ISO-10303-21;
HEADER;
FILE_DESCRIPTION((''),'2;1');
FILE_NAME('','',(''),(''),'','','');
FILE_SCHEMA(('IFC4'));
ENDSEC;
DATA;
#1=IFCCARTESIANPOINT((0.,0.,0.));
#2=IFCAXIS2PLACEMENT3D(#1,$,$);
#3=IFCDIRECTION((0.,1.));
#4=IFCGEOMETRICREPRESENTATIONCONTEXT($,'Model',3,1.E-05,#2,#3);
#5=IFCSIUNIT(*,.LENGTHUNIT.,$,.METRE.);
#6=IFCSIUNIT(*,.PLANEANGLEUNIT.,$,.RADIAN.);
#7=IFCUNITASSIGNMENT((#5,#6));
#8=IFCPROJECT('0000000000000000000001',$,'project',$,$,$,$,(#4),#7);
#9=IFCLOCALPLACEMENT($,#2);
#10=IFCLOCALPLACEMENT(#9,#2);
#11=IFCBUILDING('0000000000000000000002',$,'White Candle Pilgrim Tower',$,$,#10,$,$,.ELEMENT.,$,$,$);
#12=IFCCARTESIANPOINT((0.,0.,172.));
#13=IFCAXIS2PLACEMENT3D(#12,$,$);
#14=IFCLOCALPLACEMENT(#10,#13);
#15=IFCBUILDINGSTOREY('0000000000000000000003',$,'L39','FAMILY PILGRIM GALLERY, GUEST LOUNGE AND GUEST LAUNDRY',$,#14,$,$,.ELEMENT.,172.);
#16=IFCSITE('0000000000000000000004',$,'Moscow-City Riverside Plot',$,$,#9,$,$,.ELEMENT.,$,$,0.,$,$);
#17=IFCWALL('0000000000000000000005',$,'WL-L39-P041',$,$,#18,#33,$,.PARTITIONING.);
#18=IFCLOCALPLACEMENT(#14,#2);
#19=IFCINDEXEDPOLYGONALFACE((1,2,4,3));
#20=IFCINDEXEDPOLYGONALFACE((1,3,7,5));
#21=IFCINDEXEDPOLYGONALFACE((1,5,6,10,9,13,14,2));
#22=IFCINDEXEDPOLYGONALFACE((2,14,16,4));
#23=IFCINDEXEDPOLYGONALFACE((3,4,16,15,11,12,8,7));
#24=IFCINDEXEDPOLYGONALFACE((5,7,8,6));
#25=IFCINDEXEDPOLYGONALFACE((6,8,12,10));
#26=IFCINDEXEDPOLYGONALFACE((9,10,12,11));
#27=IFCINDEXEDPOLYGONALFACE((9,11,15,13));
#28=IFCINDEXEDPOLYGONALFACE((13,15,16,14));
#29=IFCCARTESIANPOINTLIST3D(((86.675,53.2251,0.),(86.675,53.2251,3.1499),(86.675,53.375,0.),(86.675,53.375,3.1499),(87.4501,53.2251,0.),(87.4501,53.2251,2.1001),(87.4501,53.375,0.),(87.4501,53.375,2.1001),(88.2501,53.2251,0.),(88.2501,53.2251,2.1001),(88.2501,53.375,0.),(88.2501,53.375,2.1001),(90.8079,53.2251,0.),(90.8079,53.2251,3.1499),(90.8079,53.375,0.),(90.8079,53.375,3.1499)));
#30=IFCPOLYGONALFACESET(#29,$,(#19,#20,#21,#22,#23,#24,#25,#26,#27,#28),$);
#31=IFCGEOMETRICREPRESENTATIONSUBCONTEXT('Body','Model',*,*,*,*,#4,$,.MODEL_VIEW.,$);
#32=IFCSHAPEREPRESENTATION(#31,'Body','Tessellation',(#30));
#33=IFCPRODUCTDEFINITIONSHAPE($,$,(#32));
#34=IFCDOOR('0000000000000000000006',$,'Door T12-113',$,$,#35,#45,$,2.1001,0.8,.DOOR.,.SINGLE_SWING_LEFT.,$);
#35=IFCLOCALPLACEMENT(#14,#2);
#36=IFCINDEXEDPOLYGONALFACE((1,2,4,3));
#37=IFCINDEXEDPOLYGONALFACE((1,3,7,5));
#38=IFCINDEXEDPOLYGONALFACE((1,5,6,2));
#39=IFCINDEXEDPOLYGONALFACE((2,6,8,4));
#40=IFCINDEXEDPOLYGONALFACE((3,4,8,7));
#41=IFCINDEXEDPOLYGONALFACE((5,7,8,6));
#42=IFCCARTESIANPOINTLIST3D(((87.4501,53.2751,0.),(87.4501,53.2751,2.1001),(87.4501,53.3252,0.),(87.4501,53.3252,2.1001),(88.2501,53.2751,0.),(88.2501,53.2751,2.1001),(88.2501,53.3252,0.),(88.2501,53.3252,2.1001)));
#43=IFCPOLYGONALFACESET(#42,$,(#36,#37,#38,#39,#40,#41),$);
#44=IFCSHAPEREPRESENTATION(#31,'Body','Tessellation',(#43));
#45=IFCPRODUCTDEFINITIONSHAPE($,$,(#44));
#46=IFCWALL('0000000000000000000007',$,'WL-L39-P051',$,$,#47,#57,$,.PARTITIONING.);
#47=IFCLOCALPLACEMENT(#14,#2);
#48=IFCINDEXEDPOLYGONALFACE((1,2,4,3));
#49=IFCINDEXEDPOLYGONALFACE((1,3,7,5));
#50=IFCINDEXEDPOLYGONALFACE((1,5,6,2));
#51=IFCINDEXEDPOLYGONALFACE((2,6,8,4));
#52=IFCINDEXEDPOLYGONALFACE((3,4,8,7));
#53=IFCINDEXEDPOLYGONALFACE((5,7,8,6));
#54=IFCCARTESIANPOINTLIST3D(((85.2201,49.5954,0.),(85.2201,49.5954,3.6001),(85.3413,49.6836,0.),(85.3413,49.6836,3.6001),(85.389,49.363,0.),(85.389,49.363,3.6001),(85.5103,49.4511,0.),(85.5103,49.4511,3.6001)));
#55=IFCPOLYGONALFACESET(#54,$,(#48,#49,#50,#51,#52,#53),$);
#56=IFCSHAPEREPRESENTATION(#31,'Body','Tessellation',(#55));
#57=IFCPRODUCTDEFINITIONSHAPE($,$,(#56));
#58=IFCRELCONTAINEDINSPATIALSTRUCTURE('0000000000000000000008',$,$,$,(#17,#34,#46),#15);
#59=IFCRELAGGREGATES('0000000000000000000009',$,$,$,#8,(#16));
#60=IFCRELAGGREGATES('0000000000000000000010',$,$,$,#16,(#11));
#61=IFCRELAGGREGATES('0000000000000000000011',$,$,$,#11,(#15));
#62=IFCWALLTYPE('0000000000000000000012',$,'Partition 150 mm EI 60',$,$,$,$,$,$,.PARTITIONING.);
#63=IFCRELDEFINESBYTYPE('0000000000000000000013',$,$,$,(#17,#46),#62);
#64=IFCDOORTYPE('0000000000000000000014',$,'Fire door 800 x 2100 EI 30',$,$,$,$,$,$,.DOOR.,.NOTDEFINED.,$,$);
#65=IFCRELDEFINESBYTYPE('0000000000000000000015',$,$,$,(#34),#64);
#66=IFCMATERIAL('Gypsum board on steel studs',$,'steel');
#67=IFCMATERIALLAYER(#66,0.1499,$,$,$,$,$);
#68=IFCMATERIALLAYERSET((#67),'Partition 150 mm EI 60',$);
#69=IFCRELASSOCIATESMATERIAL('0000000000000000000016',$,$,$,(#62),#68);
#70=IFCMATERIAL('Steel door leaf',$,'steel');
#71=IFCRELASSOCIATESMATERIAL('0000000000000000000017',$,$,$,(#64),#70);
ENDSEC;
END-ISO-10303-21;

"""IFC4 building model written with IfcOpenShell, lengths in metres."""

from ifc_helpers import new_model, si_unit, direction, frame, frame_2d, origin, place, context, subcontext, project, spatial, rectangle, extrude, material, layer, layer_set, type_object, element, fill, save


model = new_model("IFC4")

# Units and contexts
model_context = context("Model", 3, precision=1e-05, world=origin(), true_north=direction((0.0, 1.0)))
body_context = subcontext(model_context, "Body", "Model", "MODEL_VIEW")
ifc_project = project(units=[si_unit("LENGTHUNIT", "METRE"), si_unit("PLANEANGLEUNIT", "RADIAN")], contexts=[model_context])

# Site, building, storey
site_placement = place(None, origin())
site = spatial("IfcSite", under=ifc_project, at=site_placement, Name="Moscow-City Riverside Plot", CompositionType="ELEMENT", RefElevation=0.0)
building_placement = place(site_placement, origin())
building = spatial("IfcBuilding", under=site, at=building_placement, Name="White Candle Pilgrim Tower", CompositionType="ELEMENT")
storey_placement = place(building_placement, frame((0.0, 0.0, 172.0)))
storey = spatial("IfcBuildingStorey", under=building, at=storey_placement, Name="L39", Description="FAMILY PILGRIM GALLERY, GUEST LOUNGE AND GUEST LAUNDRY", CompositionType="ELEMENT", Elevation=172.0)

# Shared definitions
ifc_material_1 = material(Name="Gypsum board on steel studs", Category="steel")
ifc_material_2 = material(Name="Steel door leaf", Category="steel")

# Shared definitions
ifc_layer_1 = layer(ifc_material_1, 0.1499)
ifc_layer_set_1 = layer_set([ifc_layer_1], Name="Partition 150 mm EI 60")
wall_type_1 = type_object("IfcWallType", Name="Partition 150 mm EI 60", PredefinedType="PARTITIONING", material=ifc_layer_set_1)

# Wall, opening, door
wall_1_placement = place(storey_placement, frame((90.8079, 53.3, 0.0), z_axis=(0.0, 0.0, 1.0), x_axis=(-1.0, 0.0, 0.0)))
wall_1 = element("IfcWall", 1, at=wall_1_placement, inside=storey, type_object=wall_type_1, Name="WL-L39-P041", PredefinedType="PARTITIONING", context=body_context, shape_type="SweptSolid", body=[
    extrude(rectangle(XDim=4.1328, YDim=0.1499, at=frame_2d((2.0664, 0.0))), origin(), (0.0, 0.0, 1.0), 3.1499),
])
opening_1_placement = place(wall_1_placement, frame((2.5579, 0.0, 0.0)))
opening_1 = element("IfcOpeningElement", 2, at=opening_1_placement, cuts=wall_1, PredefinedType="OPENING", context=body_context, shape_type="SweptSolid", body=[
    extrude(rectangle(XDim=0.8, YDim=2.1001, at=frame_2d((0.3999, 1.05))), frame((0.0, 0.085, 0.0), z_axis=(0.0, -1.0, 0.0), x_axis=(1.0, 0.0, 0.0)), (0.0, 0.0, 1.0), 0.1699),
])
door_type_1 = type_object("IfcDoorType", Name="Fire door 800 x 2100 EI 30", OperationType="NOTDEFINED", PredefinedType="DOOR", material=ifc_material_2)
door_1_placement = place(opening_1_placement, origin())
door_1 = element("IfcDoor", 3, at=door_1_placement, inside=storey, type_object=door_type_1, Name="Door T12-113", OperationType="SINGLE_SWING_LEFT", OverallHeight=2.1001, OverallWidth=0.8, PredefinedType="DOOR", context=body_context, shape_type="SweptSolid", body=[
    extrude(rectangle(XDim=0.8, YDim=2.1001, at=frame_2d((0.3999, 1.05))), frame((0.0, 0.0249, 0.0), z_axis=(0.0, -1.0, 0.0), x_axis=(1.0, 0.0, 0.0)), (0.0, 0.0, 1.0), 0.05),
])
fill(opening_1, door_1)

# Wall
wall_2_placement = place(storey_placement, frame((85.2808, 49.6394, 0.0), z_axis=(0.0, 0.0, 1.0), x_axis=(0.58797, -0.808883, 0.0)))
element("IfcWall", 4, at=wall_2_placement, inside=storey, type_object=wall_type_1, Name="WL-L39-P051", PredefinedType="PARTITIONING", context=body_context, shape_type="SweptSolid", body=[
    extrude(rectangle(XDim=0.2874, YDim=0.1499, at=frame_2d((0.1436, 0.0))), origin(), (0.0, 0.0, 1.0), 3.6001),
])

save(model, "model.ifc")
